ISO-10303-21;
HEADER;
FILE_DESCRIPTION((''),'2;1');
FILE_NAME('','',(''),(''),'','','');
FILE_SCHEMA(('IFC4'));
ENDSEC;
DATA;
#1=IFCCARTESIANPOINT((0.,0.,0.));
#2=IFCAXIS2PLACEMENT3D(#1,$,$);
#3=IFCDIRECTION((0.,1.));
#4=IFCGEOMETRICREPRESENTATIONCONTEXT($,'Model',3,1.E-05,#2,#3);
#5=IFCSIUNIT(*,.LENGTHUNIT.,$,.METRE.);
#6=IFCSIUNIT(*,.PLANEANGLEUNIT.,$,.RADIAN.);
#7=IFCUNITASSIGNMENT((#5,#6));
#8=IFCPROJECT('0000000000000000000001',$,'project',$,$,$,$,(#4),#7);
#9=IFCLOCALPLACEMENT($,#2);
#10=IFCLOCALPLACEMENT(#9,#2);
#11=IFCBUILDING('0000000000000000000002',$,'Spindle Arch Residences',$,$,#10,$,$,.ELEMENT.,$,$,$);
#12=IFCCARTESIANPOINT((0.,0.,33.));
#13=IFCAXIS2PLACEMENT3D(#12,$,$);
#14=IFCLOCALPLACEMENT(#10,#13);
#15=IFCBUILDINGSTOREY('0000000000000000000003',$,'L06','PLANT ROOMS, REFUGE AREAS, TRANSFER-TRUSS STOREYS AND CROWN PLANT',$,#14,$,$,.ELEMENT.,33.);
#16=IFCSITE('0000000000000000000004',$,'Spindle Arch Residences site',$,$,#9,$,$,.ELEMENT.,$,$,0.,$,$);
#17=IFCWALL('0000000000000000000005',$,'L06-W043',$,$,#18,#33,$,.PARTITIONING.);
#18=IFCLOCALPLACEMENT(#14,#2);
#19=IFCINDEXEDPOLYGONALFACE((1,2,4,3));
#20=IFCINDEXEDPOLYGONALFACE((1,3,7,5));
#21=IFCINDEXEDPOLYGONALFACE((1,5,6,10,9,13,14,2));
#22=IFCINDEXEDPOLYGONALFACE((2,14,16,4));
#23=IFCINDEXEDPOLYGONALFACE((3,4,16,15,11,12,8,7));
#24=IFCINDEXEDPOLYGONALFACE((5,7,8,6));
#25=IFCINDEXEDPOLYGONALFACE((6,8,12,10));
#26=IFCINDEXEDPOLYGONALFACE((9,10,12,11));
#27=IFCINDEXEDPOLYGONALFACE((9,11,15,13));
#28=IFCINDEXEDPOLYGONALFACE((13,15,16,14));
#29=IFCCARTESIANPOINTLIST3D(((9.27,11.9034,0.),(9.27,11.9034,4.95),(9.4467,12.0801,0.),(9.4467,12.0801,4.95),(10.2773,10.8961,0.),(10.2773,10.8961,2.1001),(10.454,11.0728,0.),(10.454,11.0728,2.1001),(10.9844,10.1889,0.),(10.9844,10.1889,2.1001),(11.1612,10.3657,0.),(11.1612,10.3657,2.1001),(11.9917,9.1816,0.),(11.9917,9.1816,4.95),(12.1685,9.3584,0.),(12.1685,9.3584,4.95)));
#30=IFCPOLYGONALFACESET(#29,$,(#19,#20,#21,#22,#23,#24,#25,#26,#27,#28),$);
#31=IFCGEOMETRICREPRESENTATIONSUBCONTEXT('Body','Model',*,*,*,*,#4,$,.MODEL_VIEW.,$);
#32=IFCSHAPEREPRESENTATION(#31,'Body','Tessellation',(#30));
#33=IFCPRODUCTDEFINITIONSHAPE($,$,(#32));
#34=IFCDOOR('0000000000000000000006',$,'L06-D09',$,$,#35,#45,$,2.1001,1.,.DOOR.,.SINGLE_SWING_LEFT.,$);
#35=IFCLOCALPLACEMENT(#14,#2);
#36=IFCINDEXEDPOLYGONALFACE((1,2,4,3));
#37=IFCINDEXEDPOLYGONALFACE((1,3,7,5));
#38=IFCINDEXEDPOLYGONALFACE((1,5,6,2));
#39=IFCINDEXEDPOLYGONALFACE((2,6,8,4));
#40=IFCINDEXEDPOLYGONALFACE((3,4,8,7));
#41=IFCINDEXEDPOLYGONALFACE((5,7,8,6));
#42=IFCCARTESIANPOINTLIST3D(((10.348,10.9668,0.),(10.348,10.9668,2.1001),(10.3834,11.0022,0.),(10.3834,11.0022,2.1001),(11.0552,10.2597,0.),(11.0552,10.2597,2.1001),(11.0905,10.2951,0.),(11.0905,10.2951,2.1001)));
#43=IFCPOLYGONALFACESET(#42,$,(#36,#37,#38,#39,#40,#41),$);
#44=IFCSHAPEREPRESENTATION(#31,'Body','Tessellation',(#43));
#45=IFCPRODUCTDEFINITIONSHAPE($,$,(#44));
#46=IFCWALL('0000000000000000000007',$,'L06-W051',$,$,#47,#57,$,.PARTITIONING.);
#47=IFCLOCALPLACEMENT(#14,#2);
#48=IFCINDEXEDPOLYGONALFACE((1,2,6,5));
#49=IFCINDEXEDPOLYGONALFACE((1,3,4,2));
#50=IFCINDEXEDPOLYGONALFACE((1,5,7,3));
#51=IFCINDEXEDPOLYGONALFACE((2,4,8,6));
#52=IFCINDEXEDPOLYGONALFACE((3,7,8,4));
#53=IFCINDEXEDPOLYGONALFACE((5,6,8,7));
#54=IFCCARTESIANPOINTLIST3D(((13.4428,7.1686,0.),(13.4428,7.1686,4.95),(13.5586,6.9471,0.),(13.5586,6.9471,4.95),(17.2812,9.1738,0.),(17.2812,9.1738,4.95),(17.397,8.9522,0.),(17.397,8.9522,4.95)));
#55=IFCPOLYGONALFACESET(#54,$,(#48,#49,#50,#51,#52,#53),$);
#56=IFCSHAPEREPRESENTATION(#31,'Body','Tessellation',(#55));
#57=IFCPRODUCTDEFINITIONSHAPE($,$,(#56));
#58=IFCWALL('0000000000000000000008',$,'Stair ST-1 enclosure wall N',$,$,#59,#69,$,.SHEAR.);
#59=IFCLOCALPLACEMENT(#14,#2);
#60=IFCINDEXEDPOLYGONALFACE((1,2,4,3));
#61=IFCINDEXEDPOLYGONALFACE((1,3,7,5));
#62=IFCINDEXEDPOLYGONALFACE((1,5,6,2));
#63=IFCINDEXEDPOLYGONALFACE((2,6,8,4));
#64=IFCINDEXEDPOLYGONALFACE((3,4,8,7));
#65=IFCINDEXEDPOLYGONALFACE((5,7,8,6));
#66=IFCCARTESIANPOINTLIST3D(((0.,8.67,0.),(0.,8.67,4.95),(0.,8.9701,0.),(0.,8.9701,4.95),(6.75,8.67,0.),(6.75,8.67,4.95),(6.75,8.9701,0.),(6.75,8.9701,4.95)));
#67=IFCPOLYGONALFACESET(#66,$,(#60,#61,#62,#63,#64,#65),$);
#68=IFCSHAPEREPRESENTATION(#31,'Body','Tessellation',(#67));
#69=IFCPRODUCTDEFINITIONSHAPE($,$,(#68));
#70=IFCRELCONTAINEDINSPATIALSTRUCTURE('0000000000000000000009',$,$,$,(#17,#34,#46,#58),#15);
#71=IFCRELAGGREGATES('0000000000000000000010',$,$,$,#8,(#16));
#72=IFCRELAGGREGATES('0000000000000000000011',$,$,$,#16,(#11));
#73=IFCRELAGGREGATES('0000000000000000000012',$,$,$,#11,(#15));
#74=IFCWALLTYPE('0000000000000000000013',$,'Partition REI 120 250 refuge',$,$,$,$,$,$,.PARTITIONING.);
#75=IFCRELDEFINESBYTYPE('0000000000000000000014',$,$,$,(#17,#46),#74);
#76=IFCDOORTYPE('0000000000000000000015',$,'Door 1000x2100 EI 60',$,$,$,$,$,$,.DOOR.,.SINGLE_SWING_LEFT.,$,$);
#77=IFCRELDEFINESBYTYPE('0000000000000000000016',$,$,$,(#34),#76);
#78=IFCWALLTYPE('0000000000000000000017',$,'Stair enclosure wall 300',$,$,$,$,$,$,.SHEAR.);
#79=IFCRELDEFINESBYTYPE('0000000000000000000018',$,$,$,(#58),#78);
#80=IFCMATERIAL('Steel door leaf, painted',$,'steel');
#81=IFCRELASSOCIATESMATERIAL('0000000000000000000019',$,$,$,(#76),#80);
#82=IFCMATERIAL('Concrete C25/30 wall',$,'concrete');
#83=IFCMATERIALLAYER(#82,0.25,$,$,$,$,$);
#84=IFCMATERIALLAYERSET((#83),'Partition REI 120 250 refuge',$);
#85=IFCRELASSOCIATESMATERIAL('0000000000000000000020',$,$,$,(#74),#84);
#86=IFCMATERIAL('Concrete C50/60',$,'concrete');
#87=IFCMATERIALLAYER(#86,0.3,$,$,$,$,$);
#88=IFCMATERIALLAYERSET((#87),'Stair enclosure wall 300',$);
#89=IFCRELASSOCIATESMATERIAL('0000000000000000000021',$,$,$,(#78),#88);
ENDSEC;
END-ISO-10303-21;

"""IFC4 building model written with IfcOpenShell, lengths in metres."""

from ifc_helpers import new_model, si_unit, direction, frame, frame_2d, origin, place, context, subcontext, project, spatial, rectangle, extrude, material, layer, layer_set, type_object, element, fill, save


model = new_model("IFC4")

# Units and contexts
model_context = context("Model", 3, precision=1e-05, world=origin(), true_north=direction((0.0, 1.0)))
body_context = subcontext(model_context, "Body", "Model", "MODEL_VIEW")
ifc_project = project(units=[si_unit("LENGTHUNIT", "METRE"), si_unit("PLANEANGLEUNIT", "RADIAN")], contexts=[model_context])

# Site, building, storey
site_placement = place(None, origin())
site = spatial("IfcSite", under=ifc_project, at=site_placement, Name="Spindle Arch Residences site", CompositionType="ELEMENT", RefElevation=0.0)
building_placement = place(site_placement, origin())
building = spatial("IfcBuilding", under=site, at=building_placement, Name="Spindle Arch Residences", CompositionType="ELEMENT")
storey_placement = place(building_placement, frame((0.0, 0.0, 33.0)))
storey = spatial("IfcBuildingStorey", under=building, at=storey_placement, Name="L06", Description="PLANT ROOMS, REFUGE AREAS, TRANSFER-TRUSS STOREYS AND CROWN PLANT", CompositionType="ELEMENT", Elevation=33.0)

# Shared definitions
ifc_material_1 = material(Name="Steel door leaf, painted", Category="steel")
door_type_1 = type_object("IfcDoorType", Name="Door 1000x2100 EI 60", OperationType="SINGLE_SWING_LEFT", PredefinedType="DOOR", material=ifc_material_1)

# Shared definitions
ifc_material_2 = material(Name="Concrete C25/30 wall", Category="concrete")
ifc_layer_1 = layer(ifc_material_2, 0.25)
ifc_layer_set_1 = layer_set([ifc_layer_1], Name="Partition REI 120 250 refuge")
wall_type_1 = type_object("IfcWallType", Name="Partition REI 120 250 refuge", PredefinedType="PARTITIONING", material=ifc_layer_set_1)

# Wall, opening, door
wall_1_placement = place(storey_placement, frame((12.0801, 9.27, 0.0), z_axis=(0.0, 0.0, 1.0), x_axis=(-0.707107, 0.707107, 0.0)))
wall_1 = element("IfcWall", 1, at=wall_1_placement, inside=storey, type_object=wall_type_1, Name="L06-W043", PredefinedType="PARTITIONING", context=body_context, shape_type="SweptSolid", body=[
    extrude(rectangle(XDim=3.8491, YDim=0.25, at=frame_2d((1.9246, 0.0))), origin(), (0.0, 0.0, 1.0), 4.95),
])
opening_1_placement = place(wall_1_placement, frame((1.4246, 0.0, 0.0)))
opening_1 = element("IfcOpeningElement", 2, at=opening_1_placement, cuts=wall_1, PredefinedType="OPENING", context=body_context, shape_type="SweptSolid", body=[
    extrude(rectangle(XDim=1.0, YDim=2.1001, at=frame_2d((0.5, 1.05))), frame((0.0, 0.135, 0.0), z_axis=(0.0, -1.0, 0.0), x_axis=(1.0, 0.0, 0.0)), (0.0, 0.0, 1.0), 0.27),
])
door_1_placement = place(opening_1_placement, origin())
door_1 = element("IfcDoor", 3, at=door_1_placement, inside=storey, type_object=door_type_1, Name="L06-D09", OperationType="SINGLE_SWING_LEFT", OverallHeight=2.1001, OverallWidth=1.0, PredefinedType="DOOR", context=body_context, shape_type="SweptSolid", body=[
    extrude(rectangle(XDim=1.0, YDim=2.1001, at=frame_2d((0.5, 1.05))), frame((0.0, 0.0249, 0.0), z_axis=(0.0, -1.0, 0.0), x_axis=(1.0, 0.0, 0.0)), (0.0, 0.0, 1.0), 0.05),
])
fill(opening_1, door_1)

# Wall
wall_2_placement = place(storey_placement, frame((17.3391, 9.063, 0.0), z_axis=(0.0, 0.0, 1.0), x_axis=(-0.886349, -0.463019, 0.0)))
element("IfcWall", 4, at=wall_2_placement, inside=storey, type_object=wall_type_1, Name="L06-W051", PredefinedType="PARTITIONING", context=body_context, shape_type="SweptSolid", body=[
    extrude(rectangle(XDim=4.3306, YDim=0.25, at=frame_2d((2.1653, 0.0))), origin(), (0.0, 0.0, 1.0), 4.95),
])

# Wall
ifc_material_3 = material(Name="Concrete C50/60", Category="concrete")
ifc_layer_2 = layer(ifc_material_3, 0.3)
ifc_layer_set_2 = layer_set([ifc_layer_2], Name="Stair enclosure wall 300")
wall_type_2 = type_object("IfcWallType", Name="Stair enclosure wall 300", PredefinedType="SHEAR", material=ifc_layer_set_2)
wall_3_placement = place(storey_placement, frame((0.0, 8.8201, 0.0), z_axis=(0.0, 0.0, 1.0), x_axis=(1.0, 0.0, 0.0)))
element("IfcWall", 5, at=wall_3_placement, inside=storey, type_object=wall_type_2, Name="Stair ST-1 enclosure wall N", PredefinedType="SHEAR", context=body_context, shape_type="SweptSolid", body=[
    extrude(rectangle(XDim=6.75, YDim=0.3, at=frame_2d((3.375, 0.0))), origin(), (0.0, 0.0, 1.0), 4.95),
])

save(model, "model.ifc")
